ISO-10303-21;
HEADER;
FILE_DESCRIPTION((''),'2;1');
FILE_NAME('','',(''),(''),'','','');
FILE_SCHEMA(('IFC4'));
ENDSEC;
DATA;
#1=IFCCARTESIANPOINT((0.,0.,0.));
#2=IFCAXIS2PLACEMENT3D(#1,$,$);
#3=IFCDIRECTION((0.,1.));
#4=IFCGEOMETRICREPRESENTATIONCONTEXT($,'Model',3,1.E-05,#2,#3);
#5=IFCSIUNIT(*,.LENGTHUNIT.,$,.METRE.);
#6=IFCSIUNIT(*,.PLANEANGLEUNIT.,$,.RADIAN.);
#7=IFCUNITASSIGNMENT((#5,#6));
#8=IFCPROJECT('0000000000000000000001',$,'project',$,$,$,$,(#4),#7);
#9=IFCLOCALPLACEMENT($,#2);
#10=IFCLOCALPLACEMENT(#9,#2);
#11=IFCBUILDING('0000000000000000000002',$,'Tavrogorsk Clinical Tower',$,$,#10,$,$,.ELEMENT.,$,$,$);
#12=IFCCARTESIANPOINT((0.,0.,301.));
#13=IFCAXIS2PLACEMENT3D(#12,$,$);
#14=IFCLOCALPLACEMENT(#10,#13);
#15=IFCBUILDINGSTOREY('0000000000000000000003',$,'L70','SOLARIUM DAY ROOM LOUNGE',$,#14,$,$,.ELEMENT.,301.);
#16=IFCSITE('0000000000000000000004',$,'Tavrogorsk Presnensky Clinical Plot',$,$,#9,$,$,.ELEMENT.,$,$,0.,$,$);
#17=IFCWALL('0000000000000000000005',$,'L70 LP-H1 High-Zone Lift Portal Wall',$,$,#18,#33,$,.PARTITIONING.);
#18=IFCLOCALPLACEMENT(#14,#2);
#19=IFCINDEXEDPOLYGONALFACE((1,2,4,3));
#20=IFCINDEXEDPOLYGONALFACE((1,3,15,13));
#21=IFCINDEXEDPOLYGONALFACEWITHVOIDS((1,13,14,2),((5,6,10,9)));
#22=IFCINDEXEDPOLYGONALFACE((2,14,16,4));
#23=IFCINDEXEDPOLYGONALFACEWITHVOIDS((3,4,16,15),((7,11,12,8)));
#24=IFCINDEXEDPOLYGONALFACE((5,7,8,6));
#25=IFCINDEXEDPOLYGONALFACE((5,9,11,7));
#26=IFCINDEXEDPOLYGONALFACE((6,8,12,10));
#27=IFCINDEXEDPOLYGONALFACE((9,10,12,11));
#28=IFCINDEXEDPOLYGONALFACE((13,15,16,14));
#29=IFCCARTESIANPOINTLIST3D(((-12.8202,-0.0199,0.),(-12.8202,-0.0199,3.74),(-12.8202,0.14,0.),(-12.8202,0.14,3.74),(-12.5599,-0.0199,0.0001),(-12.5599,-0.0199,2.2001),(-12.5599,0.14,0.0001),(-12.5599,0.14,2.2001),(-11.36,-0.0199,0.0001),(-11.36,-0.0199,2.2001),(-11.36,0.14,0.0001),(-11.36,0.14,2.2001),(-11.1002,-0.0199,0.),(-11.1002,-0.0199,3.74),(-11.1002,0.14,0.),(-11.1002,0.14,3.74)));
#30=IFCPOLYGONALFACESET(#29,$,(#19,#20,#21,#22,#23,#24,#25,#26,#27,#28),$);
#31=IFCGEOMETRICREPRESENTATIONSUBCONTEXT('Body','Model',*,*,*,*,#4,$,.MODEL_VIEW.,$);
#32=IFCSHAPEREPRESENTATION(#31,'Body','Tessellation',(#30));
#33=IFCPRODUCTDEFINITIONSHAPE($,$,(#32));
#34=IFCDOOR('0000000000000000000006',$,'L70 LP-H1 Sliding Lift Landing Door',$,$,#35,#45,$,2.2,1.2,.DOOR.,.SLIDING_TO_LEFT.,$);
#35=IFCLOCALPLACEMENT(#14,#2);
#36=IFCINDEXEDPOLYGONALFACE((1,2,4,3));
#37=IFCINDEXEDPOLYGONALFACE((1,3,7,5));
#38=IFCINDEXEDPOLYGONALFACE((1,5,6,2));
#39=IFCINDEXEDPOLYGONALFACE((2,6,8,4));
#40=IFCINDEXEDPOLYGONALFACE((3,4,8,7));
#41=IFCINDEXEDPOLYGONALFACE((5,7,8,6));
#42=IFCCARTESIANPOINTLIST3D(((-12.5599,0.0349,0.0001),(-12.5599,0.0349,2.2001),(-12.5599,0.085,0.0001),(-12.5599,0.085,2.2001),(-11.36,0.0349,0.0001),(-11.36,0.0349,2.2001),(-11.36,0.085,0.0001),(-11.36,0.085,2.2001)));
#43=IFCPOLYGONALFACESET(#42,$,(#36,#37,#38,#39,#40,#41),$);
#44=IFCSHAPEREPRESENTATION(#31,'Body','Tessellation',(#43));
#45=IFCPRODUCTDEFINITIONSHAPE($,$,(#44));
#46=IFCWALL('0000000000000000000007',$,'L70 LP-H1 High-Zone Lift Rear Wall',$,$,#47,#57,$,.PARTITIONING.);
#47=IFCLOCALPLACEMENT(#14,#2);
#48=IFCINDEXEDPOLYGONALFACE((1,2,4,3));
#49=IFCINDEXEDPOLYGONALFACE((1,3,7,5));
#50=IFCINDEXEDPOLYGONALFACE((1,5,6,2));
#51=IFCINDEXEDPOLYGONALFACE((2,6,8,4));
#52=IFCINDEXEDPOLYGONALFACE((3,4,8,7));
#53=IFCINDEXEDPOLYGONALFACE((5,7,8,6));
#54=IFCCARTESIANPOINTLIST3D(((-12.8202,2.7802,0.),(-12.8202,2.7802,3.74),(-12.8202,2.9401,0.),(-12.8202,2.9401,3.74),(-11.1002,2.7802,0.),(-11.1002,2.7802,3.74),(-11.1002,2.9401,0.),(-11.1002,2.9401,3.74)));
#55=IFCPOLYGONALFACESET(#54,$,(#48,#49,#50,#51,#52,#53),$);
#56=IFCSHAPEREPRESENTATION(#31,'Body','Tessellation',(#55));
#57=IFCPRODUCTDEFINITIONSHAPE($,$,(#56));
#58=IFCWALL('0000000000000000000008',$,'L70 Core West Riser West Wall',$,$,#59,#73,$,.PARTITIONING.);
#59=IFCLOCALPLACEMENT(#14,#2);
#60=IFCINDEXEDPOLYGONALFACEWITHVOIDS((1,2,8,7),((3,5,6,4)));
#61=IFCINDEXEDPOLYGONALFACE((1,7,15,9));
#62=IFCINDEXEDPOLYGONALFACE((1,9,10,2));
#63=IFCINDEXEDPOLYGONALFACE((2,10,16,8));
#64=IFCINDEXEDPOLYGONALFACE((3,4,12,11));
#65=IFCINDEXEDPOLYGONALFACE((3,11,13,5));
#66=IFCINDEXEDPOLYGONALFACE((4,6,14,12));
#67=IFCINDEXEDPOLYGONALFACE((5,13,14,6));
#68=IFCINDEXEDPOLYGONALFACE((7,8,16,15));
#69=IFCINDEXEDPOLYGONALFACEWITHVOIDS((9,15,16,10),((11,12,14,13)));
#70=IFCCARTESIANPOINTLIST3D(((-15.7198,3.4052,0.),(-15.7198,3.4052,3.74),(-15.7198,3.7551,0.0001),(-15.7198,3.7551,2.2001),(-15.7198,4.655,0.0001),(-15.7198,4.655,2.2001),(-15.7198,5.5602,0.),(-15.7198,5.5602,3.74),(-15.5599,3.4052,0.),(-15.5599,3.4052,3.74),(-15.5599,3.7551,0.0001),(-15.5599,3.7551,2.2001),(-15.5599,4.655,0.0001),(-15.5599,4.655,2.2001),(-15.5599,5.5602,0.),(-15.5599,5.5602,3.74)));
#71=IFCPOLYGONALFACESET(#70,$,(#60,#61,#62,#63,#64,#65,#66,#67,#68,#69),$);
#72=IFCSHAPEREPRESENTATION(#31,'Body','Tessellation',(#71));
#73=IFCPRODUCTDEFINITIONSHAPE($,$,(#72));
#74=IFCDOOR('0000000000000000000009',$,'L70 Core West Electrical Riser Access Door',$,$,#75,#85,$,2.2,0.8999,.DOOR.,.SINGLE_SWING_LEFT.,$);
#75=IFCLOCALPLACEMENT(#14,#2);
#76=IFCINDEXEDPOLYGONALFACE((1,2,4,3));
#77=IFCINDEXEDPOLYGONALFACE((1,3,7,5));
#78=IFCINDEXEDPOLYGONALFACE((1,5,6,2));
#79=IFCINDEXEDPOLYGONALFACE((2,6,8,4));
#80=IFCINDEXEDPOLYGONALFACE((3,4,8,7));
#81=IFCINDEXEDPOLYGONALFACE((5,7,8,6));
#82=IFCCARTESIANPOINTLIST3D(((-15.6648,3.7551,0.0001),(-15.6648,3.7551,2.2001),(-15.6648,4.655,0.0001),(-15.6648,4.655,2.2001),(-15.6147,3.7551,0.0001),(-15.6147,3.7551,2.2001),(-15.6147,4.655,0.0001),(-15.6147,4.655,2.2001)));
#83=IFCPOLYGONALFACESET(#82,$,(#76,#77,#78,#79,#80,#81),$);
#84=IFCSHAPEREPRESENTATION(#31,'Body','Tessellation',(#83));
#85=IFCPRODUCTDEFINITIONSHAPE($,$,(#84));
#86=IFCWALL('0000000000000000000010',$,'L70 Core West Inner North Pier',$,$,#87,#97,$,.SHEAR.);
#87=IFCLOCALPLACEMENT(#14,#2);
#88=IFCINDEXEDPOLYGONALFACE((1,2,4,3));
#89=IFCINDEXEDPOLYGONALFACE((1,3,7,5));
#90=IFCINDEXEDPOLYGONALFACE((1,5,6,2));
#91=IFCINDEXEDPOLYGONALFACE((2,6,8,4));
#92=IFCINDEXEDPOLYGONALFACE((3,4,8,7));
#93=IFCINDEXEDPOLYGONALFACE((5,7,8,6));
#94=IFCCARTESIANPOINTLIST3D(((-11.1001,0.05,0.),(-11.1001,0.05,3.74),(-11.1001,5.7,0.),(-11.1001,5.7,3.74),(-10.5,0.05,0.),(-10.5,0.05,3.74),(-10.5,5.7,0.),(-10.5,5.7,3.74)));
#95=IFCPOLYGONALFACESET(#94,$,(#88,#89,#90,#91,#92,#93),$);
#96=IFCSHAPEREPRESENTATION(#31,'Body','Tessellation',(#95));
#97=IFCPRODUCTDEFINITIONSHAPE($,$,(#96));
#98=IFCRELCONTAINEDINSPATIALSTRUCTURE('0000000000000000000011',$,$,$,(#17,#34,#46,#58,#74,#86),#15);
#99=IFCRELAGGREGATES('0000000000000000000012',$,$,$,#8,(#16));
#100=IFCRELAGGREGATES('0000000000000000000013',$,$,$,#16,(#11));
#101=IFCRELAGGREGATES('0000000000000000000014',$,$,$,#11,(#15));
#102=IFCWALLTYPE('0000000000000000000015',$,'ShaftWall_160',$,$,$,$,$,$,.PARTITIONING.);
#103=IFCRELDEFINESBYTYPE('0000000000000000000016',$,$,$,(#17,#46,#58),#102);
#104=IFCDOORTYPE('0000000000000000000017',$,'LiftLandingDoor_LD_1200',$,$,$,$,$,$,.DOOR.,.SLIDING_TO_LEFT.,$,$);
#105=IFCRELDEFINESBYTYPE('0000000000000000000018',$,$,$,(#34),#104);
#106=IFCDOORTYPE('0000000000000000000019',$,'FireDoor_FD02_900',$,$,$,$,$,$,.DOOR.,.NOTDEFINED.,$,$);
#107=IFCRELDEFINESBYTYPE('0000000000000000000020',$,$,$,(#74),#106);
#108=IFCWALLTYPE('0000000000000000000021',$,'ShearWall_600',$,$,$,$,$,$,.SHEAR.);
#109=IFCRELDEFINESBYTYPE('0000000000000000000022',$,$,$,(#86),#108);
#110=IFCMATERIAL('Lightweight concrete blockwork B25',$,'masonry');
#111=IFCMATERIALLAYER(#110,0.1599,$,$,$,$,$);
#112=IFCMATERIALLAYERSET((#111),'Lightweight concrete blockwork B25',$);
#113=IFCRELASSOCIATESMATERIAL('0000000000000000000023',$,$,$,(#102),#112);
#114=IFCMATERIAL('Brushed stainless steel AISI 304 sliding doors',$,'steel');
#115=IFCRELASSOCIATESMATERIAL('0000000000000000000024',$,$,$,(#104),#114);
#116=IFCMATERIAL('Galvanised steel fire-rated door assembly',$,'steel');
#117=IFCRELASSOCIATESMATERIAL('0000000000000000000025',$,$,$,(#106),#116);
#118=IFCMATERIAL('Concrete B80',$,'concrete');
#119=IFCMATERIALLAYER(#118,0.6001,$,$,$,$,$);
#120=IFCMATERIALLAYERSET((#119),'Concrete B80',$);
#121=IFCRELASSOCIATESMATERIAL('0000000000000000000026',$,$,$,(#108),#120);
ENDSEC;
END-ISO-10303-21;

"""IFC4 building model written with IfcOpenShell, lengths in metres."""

from ifc_helpers import new_model, si_unit, direction, frame, frame_2d, origin, place, context, subcontext, project, spatial, rectangle, extrude, material, layer, layer_set, type_object, element, fill, save


model = new_model("IFC4")

# Units and contexts
model_context = context("Model", 3, precision=1e-05, world=origin(), true_north=direction((0.0, 1.0)))
body_context = subcontext(model_context, "Body", "Model", "MODEL_VIEW")
ifc_project = project(units=[si_unit("LENGTHUNIT", "METRE"), si_unit("PLANEANGLEUNIT", "RADIAN")], contexts=[model_context])

# Site, building, storey
site_placement = place(None, origin())
site = spatial("IfcSite", under=ifc_project, at=site_placement, Name="Tavrogorsk Presnensky Clinical Plot", CompositionType="ELEMENT", RefElevation=0.0)
building_placement = place(site_placement, origin())
building = spatial("IfcBuilding", under=site, at=building_placement, Name="Tavrogorsk Clinical Tower", CompositionType="ELEMENT")
storey_placement = place(building_placement, frame((0.0, 0.0, 301.0)))
storey = spatial("IfcBuildingStorey", under=building, at=storey_placement, Name="L70", Description="SOLARIUM DAY ROOM LOUNGE", CompositionType="ELEMENT", Elevation=301.0)

# Shared definitions
ifc_material_1 = material(Name="Lightweight concrete blockwork B25", Category="masonry")
ifc_layer_1 = layer(ifc_material_1, 0.1599)
ifc_layer_set_1 = layer_set([ifc_layer_1], Name="Lightweight concrete blockwork B25")
wall_type_1 = type_object("IfcWallType", Name="ShaftWall_160", PredefinedType="PARTITIONING", material=ifc_layer_set_1)
ifc_material_2 = material(Name="Brushed stainless steel AISI 304 sliding doors", Category="steel")
door_type_1 = type_object("IfcDoorType", Name="LiftLandingDoor_LD_1200", OperationType="SLIDING_TO_LEFT", PredefinedType="DOOR", material=ifc_material_2)

# Wall, opening, door
wall_1_placement = place(storey_placement, frame((-12.8201, 0.0601, 0.0), z_axis=(0.0, 0.0, 1.0), x_axis=(1.0, 0.0, 0.0)))
wall_1 = element("IfcWall", 1, at=wall_1_placement, inside=storey, type_object=wall_type_1, Name="L70 LP-H1 High-Zone Lift Portal Wall", PredefinedType="PARTITIONING", context=body_context, shape_type="SweptSolid", body=[
    extrude(rectangle(XDim=1.72, YDim=0.1599, at=frame_2d((0.8599, 0.0))), origin(), (0.0, 0.0, 1.0), 3.74),
])
opening_1_placement = place(wall_1_placement, frame((0.26, 0.0, 0.0)))
opening_1 = element("IfcOpeningElement", 2, at=opening_1_placement, cuts=wall_1, PredefinedType="OPENING", context=body_context, shape_type="SweptSolid", body=[
    extrude(rectangle(XDim=1.2, YDim=2.2, at=frame_2d((0.6001, 1.1001))), frame((0.0, 0.0898, 0.0), z_axis=(0.0, -1.0, 0.0), x_axis=(1.0, 0.0, 0.0)), (0.0, 0.0, 1.0), 0.1799),
])
door_1_placement = place(opening_1_placement, origin())
door_1 = element("IfcDoor", 3, at=door_1_placement, inside=storey, type_object=door_type_1, Name="L70 LP-H1 Sliding Lift Landing Door", OperationType="SLIDING_TO_LEFT", OverallHeight=2.2, OverallWidth=1.2, PredefinedType="DOOR", context=body_context, shape_type="SweptSolid", body=[
    extrude(rectangle(XDim=1.2, YDim=2.2, at=frame_2d((0.6001, 1.1001))), frame((0.0, 0.0249, 0.0), z_axis=(0.0, -1.0, 0.0), x_axis=(1.0, 0.0, 0.0)), (0.0, 0.0, 1.0), 0.05),
])
fill(opening_1, door_1)

# Wall
wall_2_placement = place(storey_placement, frame((-12.8201, 2.8601, 0.0), z_axis=(0.0, 0.0, 1.0), x_axis=(1.0, 0.0, 0.0)))
element("IfcWall", 4, at=wall_2_placement, inside=storey, type_object=wall_type_1, Name="L70 LP-H1 High-Zone Lift Rear Wall", PredefinedType="PARTITIONING", context=body_context, shape_type="SweptSolid", body=[
    extrude(rectangle(XDim=1.72, YDim=0.1599, at=frame_2d((0.8599, 0.0))), origin(), (0.0, 0.0, 1.0), 3.74),
])

# Wall, opening, door
wall_3_placement = place(storey_placement, frame((-15.6399, 3.405, 0.0), z_axis=(0.0, 0.0, 1.0), x_axis=(0.0, 1.0, 0.0)))
wall_3 = element("IfcWall", 5, at=wall_3_placement, inside=storey, type_object=wall_type_1, Name="L70 Core West Riser West Wall", PredefinedType="PARTITIONING", context=body_context, shape_type="SweptSolid", body=[
    extrude(rectangle(XDim=2.155, YDim=0.1599, at=frame_2d((1.0776, 0.0))), origin(), (0.0, 0.0, 1.0), 3.74),
])
opening_2_placement = place(wall_3_placement, frame((0.3501, 0.0, 0.0)))
opening_2 = element("IfcOpeningElement", 6, at=opening_2_placement, cuts=wall_3, PredefinedType="OPENING", context=body_context, shape_type="SweptSolid", body=[
    extrude(rectangle(XDim=0.8999, YDim=2.2, at=frame_2d((0.45, 1.1001))), frame((0.0, 0.0898, 0.0), z_axis=(0.0, -1.0, 0.0), x_axis=(1.0, 0.0, 0.0)), (0.0, 0.0, 1.0), 0.1799),
])
ifc_material_3 = material(Name="Galvanised steel fire-rated door assembly", Category="steel")
door_type_2 = type_object("IfcDoorType", Name="FireDoor_FD02_900", OperationType="NOTDEFINED", PredefinedType="DOOR", material=ifc_material_3)
door_2_placement = place(opening_2_placement, origin())
door_2 = element("IfcDoor", 7, at=door_2_placement, inside=storey, type_object=door_type_2, Name="L70 Core West Electrical Riser Access Door", OperationType="SINGLE_SWING_LEFT", OverallHeight=2.2, OverallWidth=0.8999, PredefinedType="DOOR", context=body_context, shape_type="SweptSolid", body=[
    extrude(rectangle(XDim=0.8999, YDim=2.2, at=frame_2d((0.45, 1.1001))), frame((0.0, 0.0249, 0.0), z_axis=(0.0, -1.0, 0.0), x_axis=(1.0, 0.0, 0.0)), (0.0, 0.0, 1.0), 0.05),
])
fill(opening_2, door_2)

# Wall
ifc_material_4 = material(Name="Concrete B80", Category="concrete")
ifc_layer_2 = layer(ifc_material_4, 0.6001)
ifc_layer_set_2 = layer_set([ifc_layer_2], Name="Concrete B80")
wall_type_2 = type_object("IfcWallType", Name="ShearWall_600", PredefinedType="SHEAR", material=ifc_layer_set_2)
wall_4_placement = place(storey_placement, frame((-10.8, 0.05, 0.0), z_axis=(0.0, 0.0, 1.0), x_axis=(0.0, 1.0, 0.0)))
element("IfcWall", 8, at=wall_4_placement, inside=storey, type_object=wall_type_2, Name="L70 Core West Inner North Pier", PredefinedType="SHEAR", context=body_context, shape_type="SweptSolid", body=[
    extrude(rectangle(XDim=5.6499, YDim=0.6001, at=frame_2d((2.825, 0.0))), origin(), (0.0, 0.0, 1.0), 3.74),
])

save(model, "model.ifc")
